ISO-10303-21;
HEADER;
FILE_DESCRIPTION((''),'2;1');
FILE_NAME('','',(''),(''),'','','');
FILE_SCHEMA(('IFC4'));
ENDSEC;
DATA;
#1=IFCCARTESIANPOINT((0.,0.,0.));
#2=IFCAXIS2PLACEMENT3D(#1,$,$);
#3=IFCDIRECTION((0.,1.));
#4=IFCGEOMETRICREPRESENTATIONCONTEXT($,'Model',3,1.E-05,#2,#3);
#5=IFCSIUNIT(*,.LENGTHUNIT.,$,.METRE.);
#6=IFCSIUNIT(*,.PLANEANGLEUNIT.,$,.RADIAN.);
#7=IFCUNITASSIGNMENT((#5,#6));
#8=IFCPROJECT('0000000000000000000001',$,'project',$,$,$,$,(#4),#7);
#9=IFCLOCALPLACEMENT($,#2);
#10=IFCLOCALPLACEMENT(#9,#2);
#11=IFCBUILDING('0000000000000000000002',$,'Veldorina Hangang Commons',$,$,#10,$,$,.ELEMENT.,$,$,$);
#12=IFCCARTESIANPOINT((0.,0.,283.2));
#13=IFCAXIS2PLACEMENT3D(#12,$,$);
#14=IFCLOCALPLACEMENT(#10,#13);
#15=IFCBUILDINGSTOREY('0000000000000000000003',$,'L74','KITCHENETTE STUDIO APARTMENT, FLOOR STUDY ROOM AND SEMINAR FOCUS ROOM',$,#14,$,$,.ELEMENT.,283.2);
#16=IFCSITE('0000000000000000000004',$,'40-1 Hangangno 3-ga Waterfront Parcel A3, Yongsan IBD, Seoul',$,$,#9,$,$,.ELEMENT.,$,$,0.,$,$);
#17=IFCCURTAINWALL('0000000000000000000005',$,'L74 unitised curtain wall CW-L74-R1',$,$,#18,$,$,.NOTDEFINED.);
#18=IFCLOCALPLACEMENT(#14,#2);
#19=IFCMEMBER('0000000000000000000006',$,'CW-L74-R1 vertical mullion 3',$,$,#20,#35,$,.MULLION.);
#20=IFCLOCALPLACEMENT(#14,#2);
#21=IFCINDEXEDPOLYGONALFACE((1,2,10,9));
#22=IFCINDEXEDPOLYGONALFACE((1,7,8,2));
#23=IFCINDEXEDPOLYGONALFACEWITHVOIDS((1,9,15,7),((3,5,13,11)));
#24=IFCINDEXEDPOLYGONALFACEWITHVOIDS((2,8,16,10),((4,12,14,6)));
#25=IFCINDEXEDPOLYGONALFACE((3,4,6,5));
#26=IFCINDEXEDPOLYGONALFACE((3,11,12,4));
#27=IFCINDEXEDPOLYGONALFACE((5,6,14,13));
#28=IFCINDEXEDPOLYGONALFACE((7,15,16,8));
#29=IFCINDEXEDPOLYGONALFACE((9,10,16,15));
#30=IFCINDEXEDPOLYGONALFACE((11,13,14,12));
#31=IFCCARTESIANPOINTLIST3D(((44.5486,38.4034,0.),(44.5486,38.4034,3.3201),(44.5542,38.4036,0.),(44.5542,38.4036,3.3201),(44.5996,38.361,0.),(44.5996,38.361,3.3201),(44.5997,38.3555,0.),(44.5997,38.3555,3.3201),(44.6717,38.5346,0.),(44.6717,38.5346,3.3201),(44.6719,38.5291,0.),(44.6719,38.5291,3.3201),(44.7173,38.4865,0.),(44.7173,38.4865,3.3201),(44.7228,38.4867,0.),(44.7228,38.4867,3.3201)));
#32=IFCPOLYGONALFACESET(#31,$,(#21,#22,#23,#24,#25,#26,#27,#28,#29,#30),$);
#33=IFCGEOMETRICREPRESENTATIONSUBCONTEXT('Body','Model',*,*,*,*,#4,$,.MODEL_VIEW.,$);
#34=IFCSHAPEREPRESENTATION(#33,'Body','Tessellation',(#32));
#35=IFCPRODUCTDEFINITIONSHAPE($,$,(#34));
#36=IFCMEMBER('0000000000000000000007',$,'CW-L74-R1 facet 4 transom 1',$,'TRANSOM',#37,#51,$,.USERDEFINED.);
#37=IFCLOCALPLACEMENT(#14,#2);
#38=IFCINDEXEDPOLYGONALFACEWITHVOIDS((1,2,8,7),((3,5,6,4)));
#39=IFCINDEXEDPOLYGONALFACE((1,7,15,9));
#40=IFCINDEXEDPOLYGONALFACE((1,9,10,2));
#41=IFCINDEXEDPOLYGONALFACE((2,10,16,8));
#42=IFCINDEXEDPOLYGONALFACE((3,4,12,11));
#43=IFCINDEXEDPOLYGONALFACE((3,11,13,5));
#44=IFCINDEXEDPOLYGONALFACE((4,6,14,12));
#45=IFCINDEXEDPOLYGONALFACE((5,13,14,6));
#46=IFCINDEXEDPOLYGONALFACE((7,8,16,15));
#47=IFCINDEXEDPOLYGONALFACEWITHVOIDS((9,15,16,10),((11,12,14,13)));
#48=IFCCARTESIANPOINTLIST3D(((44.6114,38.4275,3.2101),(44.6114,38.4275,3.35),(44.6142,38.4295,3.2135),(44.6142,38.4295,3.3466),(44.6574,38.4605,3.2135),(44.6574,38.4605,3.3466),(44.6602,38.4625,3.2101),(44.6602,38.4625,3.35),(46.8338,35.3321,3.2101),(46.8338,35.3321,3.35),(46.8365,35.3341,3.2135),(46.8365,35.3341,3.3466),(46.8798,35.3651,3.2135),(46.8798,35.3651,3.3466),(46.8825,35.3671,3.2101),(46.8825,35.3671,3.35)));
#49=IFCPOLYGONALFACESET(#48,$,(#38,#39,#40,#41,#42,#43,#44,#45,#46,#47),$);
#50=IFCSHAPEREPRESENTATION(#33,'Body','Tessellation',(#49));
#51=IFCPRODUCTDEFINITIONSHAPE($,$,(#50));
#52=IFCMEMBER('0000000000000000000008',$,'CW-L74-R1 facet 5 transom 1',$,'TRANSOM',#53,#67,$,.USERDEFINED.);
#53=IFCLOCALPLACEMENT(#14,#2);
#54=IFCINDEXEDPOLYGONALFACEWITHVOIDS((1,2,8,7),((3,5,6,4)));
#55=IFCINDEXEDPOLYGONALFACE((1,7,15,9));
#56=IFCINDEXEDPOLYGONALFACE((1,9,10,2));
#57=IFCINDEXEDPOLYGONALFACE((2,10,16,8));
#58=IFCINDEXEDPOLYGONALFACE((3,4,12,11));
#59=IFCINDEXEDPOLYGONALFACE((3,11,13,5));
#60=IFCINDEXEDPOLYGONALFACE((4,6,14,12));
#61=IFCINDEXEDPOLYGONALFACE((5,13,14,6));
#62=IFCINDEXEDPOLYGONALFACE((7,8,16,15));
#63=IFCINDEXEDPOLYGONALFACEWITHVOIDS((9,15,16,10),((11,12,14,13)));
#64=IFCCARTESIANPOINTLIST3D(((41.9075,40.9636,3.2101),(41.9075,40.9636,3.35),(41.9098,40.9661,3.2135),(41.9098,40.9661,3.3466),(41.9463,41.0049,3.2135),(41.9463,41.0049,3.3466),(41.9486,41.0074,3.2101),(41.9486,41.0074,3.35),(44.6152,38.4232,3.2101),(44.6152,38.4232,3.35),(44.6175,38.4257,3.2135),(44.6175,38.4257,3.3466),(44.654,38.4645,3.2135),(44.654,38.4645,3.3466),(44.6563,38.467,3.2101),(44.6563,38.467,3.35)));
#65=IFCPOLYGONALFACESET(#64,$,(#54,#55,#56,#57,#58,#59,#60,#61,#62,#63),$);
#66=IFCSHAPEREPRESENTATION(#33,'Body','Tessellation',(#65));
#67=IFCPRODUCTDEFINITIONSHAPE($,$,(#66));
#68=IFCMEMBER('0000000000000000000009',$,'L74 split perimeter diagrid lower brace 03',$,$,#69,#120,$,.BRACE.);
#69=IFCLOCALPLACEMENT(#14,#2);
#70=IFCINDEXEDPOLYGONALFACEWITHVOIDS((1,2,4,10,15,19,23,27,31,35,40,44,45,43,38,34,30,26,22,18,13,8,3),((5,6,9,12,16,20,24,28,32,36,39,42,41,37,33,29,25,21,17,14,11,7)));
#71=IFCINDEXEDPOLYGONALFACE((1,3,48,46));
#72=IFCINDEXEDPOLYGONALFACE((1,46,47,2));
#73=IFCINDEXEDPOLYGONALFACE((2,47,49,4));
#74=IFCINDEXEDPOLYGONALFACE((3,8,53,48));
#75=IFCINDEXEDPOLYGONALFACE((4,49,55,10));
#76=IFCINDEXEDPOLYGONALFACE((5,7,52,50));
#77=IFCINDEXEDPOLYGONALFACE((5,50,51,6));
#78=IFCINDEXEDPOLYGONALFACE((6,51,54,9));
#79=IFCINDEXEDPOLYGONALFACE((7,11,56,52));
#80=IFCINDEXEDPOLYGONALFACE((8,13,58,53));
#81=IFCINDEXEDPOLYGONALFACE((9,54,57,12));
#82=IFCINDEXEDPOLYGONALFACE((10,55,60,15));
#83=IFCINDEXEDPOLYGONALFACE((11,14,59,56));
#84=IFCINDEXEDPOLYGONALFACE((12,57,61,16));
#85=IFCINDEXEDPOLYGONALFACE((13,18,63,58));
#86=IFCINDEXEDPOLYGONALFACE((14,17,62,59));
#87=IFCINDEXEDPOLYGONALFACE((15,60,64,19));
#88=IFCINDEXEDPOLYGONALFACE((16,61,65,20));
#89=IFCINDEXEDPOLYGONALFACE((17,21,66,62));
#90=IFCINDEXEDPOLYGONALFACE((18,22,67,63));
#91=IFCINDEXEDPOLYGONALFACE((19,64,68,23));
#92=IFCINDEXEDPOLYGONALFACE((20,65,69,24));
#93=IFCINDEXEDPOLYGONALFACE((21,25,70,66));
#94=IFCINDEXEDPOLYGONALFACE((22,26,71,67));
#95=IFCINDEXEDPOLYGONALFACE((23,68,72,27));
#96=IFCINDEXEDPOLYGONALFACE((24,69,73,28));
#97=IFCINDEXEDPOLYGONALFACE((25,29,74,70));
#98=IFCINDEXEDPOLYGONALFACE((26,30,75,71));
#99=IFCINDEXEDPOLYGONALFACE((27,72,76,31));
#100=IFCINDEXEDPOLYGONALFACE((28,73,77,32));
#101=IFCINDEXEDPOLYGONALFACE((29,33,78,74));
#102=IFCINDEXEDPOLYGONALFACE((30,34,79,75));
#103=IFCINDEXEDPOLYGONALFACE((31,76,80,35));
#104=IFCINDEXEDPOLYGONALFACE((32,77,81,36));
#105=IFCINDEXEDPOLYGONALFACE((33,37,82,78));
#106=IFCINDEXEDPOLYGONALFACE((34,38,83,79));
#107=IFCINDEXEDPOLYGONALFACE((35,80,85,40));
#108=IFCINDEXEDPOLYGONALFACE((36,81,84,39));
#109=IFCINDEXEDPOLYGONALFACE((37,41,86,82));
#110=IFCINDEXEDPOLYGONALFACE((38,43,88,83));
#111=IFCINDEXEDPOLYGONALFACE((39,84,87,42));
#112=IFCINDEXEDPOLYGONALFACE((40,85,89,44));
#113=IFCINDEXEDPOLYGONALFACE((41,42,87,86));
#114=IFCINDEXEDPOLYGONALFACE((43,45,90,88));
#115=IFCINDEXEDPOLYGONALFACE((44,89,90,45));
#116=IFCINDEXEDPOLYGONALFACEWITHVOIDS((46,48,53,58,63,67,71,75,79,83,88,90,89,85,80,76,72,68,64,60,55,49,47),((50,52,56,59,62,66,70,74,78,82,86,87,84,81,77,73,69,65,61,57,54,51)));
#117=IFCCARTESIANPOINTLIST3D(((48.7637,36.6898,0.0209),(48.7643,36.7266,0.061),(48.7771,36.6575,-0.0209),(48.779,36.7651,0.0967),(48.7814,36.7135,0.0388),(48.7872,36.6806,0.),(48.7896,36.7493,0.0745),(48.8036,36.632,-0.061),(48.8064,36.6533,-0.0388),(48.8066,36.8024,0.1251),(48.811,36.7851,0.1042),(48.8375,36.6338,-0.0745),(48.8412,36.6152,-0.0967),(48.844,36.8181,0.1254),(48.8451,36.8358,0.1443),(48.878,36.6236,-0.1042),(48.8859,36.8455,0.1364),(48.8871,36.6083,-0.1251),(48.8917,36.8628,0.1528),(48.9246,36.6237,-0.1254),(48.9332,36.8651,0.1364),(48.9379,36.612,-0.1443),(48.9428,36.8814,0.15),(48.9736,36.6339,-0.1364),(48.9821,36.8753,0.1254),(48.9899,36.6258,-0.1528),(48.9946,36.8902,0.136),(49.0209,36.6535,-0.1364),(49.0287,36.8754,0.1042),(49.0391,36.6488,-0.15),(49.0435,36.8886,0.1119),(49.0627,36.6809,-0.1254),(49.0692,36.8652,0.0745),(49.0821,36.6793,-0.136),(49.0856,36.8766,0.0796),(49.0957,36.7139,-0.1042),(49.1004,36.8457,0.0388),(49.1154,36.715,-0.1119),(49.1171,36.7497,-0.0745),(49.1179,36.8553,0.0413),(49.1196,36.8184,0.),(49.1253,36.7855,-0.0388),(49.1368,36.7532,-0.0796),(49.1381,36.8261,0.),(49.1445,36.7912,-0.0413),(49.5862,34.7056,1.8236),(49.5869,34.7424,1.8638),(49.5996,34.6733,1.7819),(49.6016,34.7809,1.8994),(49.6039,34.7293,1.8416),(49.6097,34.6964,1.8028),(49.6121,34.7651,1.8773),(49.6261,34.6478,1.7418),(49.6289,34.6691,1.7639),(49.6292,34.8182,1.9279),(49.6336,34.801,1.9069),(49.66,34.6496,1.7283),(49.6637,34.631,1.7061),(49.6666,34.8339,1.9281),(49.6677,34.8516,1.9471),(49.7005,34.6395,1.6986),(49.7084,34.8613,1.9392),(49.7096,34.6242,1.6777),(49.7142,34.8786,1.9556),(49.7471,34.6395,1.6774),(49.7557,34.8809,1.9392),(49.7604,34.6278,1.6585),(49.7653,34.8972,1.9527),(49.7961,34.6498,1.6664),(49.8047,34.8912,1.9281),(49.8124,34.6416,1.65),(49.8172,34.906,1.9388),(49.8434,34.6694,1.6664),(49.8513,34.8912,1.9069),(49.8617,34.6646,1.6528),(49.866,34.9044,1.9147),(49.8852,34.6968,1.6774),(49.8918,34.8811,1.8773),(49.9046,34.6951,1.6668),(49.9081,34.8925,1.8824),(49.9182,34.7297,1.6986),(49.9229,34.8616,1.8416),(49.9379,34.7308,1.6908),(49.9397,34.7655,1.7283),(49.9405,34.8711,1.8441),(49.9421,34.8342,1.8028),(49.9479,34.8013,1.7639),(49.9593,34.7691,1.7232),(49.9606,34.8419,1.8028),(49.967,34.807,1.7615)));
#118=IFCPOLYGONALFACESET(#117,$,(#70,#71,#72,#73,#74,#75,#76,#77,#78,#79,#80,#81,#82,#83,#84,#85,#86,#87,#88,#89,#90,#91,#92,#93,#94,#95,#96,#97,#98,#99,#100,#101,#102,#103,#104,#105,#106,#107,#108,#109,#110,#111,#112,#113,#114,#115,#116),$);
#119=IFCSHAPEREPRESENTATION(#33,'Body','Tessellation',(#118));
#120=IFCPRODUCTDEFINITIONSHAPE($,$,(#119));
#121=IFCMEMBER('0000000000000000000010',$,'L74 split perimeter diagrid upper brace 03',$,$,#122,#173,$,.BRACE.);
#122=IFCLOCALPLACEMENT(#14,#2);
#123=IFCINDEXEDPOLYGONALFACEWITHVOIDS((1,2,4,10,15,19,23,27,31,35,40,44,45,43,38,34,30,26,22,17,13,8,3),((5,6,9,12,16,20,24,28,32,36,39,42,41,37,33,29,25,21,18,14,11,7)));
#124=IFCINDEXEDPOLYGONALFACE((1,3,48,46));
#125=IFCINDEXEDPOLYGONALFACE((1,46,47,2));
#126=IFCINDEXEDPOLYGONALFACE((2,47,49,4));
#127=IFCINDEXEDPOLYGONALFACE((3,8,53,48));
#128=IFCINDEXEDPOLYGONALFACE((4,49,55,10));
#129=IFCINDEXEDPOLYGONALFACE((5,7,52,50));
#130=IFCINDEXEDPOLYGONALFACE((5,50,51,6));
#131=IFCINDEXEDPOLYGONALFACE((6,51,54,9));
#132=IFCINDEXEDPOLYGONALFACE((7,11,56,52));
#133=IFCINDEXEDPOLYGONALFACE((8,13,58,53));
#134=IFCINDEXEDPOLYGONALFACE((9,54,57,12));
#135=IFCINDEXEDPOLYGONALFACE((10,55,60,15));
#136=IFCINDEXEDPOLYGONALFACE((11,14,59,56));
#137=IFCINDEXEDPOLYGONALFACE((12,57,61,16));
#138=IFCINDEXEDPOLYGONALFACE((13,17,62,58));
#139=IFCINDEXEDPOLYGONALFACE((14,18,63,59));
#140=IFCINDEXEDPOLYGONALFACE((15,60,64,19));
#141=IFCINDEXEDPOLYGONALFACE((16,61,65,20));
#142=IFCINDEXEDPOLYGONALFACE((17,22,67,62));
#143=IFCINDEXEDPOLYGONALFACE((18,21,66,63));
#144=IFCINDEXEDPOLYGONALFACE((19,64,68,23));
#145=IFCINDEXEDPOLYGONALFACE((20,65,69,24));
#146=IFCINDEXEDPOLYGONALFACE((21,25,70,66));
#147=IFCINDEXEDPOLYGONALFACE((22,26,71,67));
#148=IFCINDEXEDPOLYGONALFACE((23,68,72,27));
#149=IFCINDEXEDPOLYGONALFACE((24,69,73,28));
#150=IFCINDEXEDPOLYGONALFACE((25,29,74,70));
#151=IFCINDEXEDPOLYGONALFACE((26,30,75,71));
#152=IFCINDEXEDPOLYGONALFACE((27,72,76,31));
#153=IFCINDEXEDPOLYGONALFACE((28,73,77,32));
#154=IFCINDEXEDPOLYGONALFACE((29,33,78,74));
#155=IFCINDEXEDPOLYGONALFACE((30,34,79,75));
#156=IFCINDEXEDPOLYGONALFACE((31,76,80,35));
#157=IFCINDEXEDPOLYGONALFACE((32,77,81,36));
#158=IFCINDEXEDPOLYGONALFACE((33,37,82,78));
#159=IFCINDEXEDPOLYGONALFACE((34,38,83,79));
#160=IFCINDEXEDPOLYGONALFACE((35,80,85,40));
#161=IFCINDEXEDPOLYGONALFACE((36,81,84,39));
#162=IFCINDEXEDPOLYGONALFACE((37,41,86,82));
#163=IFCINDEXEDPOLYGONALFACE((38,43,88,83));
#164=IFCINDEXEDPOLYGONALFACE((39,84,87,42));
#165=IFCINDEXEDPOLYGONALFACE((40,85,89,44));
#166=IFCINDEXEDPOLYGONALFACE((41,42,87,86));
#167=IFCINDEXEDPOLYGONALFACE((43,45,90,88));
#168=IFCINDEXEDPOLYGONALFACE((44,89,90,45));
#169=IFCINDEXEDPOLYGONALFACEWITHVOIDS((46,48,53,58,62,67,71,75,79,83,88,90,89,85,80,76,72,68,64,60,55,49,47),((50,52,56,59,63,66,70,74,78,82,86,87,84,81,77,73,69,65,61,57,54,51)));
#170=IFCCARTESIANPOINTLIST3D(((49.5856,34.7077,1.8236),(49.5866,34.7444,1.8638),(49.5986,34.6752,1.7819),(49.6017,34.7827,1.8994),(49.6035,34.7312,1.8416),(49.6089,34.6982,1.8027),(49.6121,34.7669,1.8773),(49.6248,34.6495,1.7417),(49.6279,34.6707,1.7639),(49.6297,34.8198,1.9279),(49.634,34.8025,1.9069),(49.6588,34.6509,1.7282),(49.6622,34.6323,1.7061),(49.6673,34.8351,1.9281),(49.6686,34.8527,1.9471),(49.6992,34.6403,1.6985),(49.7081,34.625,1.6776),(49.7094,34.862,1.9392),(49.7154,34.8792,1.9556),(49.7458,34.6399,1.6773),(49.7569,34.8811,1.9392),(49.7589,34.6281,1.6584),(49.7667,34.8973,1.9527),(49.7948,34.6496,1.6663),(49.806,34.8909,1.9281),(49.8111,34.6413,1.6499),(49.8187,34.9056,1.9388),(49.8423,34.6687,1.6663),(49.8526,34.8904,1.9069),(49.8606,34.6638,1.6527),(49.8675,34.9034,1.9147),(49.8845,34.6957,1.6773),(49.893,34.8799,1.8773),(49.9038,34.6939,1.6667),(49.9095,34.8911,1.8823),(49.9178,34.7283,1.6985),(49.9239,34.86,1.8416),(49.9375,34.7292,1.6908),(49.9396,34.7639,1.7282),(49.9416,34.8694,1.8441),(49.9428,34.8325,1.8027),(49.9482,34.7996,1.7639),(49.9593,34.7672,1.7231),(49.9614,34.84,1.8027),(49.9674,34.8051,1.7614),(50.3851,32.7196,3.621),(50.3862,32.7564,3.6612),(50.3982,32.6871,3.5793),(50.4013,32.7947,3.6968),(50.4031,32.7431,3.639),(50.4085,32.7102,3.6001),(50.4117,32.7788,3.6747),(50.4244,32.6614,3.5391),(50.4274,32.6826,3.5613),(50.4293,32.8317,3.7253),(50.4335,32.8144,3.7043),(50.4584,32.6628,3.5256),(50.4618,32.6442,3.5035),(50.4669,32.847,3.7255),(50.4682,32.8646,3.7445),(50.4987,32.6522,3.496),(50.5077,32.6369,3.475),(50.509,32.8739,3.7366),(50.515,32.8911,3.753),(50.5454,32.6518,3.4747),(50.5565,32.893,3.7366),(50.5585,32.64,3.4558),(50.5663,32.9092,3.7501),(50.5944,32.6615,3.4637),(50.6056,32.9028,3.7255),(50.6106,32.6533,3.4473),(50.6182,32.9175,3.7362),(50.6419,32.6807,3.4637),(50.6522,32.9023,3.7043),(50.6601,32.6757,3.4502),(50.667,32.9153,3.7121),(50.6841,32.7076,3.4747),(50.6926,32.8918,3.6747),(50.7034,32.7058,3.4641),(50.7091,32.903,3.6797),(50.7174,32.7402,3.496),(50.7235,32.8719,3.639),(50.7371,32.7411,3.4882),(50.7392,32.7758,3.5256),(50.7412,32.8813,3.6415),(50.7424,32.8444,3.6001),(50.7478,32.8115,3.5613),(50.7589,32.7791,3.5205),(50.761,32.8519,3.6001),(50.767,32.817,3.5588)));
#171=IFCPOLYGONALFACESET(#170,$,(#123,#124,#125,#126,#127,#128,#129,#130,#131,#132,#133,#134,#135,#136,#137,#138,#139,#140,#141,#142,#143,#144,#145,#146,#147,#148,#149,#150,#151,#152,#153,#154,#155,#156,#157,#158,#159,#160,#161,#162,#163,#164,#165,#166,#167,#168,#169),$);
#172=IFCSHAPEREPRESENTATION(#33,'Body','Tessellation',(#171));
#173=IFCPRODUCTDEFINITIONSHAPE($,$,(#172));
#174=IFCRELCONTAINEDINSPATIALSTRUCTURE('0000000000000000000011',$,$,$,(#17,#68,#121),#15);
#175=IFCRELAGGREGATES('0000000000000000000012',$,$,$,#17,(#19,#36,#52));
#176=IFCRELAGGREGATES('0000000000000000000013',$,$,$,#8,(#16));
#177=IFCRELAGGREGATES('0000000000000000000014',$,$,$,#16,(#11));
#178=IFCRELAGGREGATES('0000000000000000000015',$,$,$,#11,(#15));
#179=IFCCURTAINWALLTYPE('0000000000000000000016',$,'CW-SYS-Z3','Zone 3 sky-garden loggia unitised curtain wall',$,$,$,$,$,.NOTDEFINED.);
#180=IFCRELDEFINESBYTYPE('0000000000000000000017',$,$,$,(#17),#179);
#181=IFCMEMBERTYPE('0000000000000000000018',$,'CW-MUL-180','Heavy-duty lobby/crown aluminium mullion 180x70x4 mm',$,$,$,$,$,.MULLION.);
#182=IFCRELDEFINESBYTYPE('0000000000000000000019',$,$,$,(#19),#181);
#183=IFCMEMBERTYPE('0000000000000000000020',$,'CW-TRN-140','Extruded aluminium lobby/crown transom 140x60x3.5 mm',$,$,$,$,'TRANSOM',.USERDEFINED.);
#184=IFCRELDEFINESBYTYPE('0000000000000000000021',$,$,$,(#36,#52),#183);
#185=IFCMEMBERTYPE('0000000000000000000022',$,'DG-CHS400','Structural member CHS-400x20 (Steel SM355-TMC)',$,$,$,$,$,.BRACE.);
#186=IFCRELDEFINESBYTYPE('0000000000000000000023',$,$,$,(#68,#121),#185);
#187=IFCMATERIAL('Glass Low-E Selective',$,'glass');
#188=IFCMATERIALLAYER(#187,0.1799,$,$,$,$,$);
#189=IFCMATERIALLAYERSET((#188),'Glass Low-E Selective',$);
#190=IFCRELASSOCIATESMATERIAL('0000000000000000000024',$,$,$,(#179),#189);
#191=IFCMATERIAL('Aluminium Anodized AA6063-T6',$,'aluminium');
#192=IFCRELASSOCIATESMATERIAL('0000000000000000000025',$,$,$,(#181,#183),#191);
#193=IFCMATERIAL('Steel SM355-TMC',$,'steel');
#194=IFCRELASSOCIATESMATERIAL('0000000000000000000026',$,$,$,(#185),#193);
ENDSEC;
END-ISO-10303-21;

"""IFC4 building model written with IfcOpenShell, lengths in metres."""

from ifc_helpers import new_model, si_unit, direction, frame, origin, origin_2d, place, context, subcontext, project, spatial, hollow_rectangle, hollow_circle, extrude, material, layer, layer_set, material_profile, profile_set, type_object, element, aggregate, save


model = new_model("IFC4")

# Units and contexts
model_context = context("Model", 3, precision=1e-05, world=origin(), true_north=direction((0.0, 1.0)))
body_context = subcontext(model_context, "Body", "Model", "MODEL_VIEW")
ifc_project = project(units=[si_unit("LENGTHUNIT", "METRE"), si_unit("PLANEANGLEUNIT", "RADIAN")], contexts=[model_context])

# Site, building, storey
site_placement = place(None, origin())
site = spatial("IfcSite", under=ifc_project, at=site_placement, Name="40-1 Hangangno 3-ga Waterfront Parcel A3, Yongsan IBD, Seoul", CompositionType="ELEMENT", RefElevation=0.0)
building_placement = place(site_placement, origin())
building = spatial("IfcBuilding", under=site, at=building_placement, Name="Veldorina Hangang Commons", CompositionType="ELEMENT")
storey_placement = place(building_placement, frame((0.0, 0.0, 283.2)))
storey = spatial("IfcBuildingStorey", under=building, at=storey_placement, Name="L74", Description="KITCHENETTE STUDIO APARTMENT, FLOOR STUDY ROOM AND SEMINAR FOCUS ROOM", CompositionType="ELEMENT", Elevation=283.2)

# Shared definitions
ifc_material_1 = material(Name="Steel SM355-TMC", Category="steel")

# Curtain wall, members
ifc_material_2 = material(Name="Glass Low-E Selective", Category="glass")
ifc_layer_1 = layer(ifc_material_2, 0.1799)
ifc_layer_set_1 = layer_set([ifc_layer_1], Name="Glass Low-E Selective")
curtain_wall_type = type_object("IfcCurtainWallType", Name="CW-SYS-Z3", Description="Zone 3 sky-garden loggia unitised curtain wall", PredefinedType="NOTDEFINED", material=ifc_layer_set_1)
curtain_wall_placement = place(storey_placement, origin())
curtain_wall = element("IfcCurtainWall", 1, at=curtain_wall_placement, inside=storey, type_object=curtain_wall_type, Name="L74 unitised curtain wall CW-L74-R1", PredefinedType="NOTDEFINED")
ifc_material_3 = material(Name="Aluminium Anodized AA6063-T6", Category="aluminium")
ifc_material_profile_1 = material_profile(ifc_material_3, hollow_rectangle(XDim=0.0701, YDim=0.1799, WallThickness=0.0039, at=origin_2d()), Name="ALU-RHS-180x70x4")
ifc_profile_set_1 = profile_set([ifc_material_profile_1], Name="Aluminium Anodized AA6063-T6")
member_type_1 = type_object("IfcMemberType", Name="CW-MUL-180", Description="Heavy-duty lobby/crown aluminium mullion 180x70x4 mm", PredefinedType="MULLION", material=ifc_profile_set_1)
member_1_placement = place(storey_placement, frame((44.6357, 38.4451, 0.0), z_axis=(0.0, 0.0, 1.0), x_axis=(-0.729279, 0.684216, 0.0)))
member_1 = element("IfcMember", 2, at=member_1_placement, type_object=member_type_1, Name="CW-L74-R1 vertical mullion 3", PredefinedType="MULLION", context=body_context, shape_type="SweptSolid", body=[
    extrude(hollow_rectangle(XDim=0.0701, YDim=0.1799, WallThickness=0.0039, at=origin_2d()), origin(), (0.0, 0.0, 1.0), 3.3201),
])
ifc_material_profile_2 = material_profile(ifc_material_3, hollow_rectangle(XDim=0.0601, YDim=0.1399, WallThickness=0.0034, at=origin_2d()), Name="ALU-RHS-140x60x3.5")
ifc_profile_set_2 = profile_set([ifc_material_profile_2], Name="Aluminium Anodized AA6063-T6")
member_type_2 = type_object("IfcMemberType", Name="CW-TRN-140", Description="Extruded aluminium lobby/crown transom 140x60x3.5 mm", ElementType="TRANSOM", PredefinedType="USERDEFINED", material=ifc_profile_set_2)
member_2_placement = place(storey_placement, frame((46.8582, 35.3496, 3.28), z_axis=(-0.583212, 0.81232, 0.0), x_axis=(-0.81232, -0.583212, 0.0)))
member_2 = element("IfcMember", 3, at=member_2_placement, type_object=member_type_2, Name="CW-L74-R1 facet 4 transom 1", ObjectType="TRANSOM", PredefinedType="USERDEFINED", context=body_context, shape_type="SweptSolid", body=[
    extrude(hollow_rectangle(XDim=0.0601, YDim=0.1399, WallThickness=0.0034, at=origin_2d()), origin(), (0.0, 0.0, 1.0), 3.8105),
])
member_3_placement = place(storey_placement, frame((44.6357, 38.4451, 3.28), z_axis=(-0.729269, 0.684228, 0.0), x_axis=(-0.684228, -0.729269, 0.0)))
member_3 = element("IfcMember", 4, at=member_3_placement, type_object=member_type_2, Name="CW-L74-R1 facet 5 transom 1", ObjectType="TRANSOM", PredefinedType="USERDEFINED", context=body_context, shape_type="SweptSolid", body=[
    extrude(hollow_rectangle(XDim=0.0601, YDim=0.1399, WallThickness=0.0034, at=origin_2d()), origin(), (0.0, 0.0, 1.0), 3.7129),
])

# Members
ifc_material_profile_3 = material_profile(ifc_material_1, hollow_circle(Radius=0.2, WallThickness=0.02, at=origin_2d()), Name="CHS-400x20")
ifc_profile_set_3 = profile_set([ifc_material_profile_3], Name="Steel SM355-TMC")
member_type_3 = type_object("IfcMemberType", Name="DG-CHS400", Description="Structural member CHS-400x20 (Steel SM355-TMC)", PredefinedType="BRACE", material=ifc_profile_set_3)
member_4_placement = place(storey_placement, frame((48.9534, 36.7495, 0.0), z_axis=(0.293321, -0.707574, 0.642885), x_axis=(0.923772, 0.382944, 0.0)))
element("IfcMember", 5, at=member_4_placement, inside=storey, type_object=member_type_3, Name="L74 split perimeter diagrid lower brace 03", PredefinedType="BRACE", context=body_context, shape_type="SweptSolid", body=[
    extrude(hollow_circle(Radius=0.2, WallThickness=0.02, at=origin_2d()), origin(), (0.0, 0.0, 1.0), 2.8042),
])
member_5_placement = place(storey_placement, frame((49.7759, 34.7654, 1.8027), z_axis=(0.285884, -0.710825, 0.642649), x_axis=(0.927776, 0.373138, 0.0)))
element("IfcMember", 6, at=member_5_placement, inside=storey, type_object=member_type_3, Name="L74 split perimeter diagrid upper brace 03", PredefinedType="BRACE", context=body_context, shape_type="SweptSolid", body=[
    extrude(hollow_circle(Radius=0.2, WallThickness=0.02, at=origin_2d()), origin(), (0.0, 0.0, 1.0), 2.7969),
])

aggregate(curtain_wall, [member_1, member_2, member_3])

save(model, "model.ifc")
